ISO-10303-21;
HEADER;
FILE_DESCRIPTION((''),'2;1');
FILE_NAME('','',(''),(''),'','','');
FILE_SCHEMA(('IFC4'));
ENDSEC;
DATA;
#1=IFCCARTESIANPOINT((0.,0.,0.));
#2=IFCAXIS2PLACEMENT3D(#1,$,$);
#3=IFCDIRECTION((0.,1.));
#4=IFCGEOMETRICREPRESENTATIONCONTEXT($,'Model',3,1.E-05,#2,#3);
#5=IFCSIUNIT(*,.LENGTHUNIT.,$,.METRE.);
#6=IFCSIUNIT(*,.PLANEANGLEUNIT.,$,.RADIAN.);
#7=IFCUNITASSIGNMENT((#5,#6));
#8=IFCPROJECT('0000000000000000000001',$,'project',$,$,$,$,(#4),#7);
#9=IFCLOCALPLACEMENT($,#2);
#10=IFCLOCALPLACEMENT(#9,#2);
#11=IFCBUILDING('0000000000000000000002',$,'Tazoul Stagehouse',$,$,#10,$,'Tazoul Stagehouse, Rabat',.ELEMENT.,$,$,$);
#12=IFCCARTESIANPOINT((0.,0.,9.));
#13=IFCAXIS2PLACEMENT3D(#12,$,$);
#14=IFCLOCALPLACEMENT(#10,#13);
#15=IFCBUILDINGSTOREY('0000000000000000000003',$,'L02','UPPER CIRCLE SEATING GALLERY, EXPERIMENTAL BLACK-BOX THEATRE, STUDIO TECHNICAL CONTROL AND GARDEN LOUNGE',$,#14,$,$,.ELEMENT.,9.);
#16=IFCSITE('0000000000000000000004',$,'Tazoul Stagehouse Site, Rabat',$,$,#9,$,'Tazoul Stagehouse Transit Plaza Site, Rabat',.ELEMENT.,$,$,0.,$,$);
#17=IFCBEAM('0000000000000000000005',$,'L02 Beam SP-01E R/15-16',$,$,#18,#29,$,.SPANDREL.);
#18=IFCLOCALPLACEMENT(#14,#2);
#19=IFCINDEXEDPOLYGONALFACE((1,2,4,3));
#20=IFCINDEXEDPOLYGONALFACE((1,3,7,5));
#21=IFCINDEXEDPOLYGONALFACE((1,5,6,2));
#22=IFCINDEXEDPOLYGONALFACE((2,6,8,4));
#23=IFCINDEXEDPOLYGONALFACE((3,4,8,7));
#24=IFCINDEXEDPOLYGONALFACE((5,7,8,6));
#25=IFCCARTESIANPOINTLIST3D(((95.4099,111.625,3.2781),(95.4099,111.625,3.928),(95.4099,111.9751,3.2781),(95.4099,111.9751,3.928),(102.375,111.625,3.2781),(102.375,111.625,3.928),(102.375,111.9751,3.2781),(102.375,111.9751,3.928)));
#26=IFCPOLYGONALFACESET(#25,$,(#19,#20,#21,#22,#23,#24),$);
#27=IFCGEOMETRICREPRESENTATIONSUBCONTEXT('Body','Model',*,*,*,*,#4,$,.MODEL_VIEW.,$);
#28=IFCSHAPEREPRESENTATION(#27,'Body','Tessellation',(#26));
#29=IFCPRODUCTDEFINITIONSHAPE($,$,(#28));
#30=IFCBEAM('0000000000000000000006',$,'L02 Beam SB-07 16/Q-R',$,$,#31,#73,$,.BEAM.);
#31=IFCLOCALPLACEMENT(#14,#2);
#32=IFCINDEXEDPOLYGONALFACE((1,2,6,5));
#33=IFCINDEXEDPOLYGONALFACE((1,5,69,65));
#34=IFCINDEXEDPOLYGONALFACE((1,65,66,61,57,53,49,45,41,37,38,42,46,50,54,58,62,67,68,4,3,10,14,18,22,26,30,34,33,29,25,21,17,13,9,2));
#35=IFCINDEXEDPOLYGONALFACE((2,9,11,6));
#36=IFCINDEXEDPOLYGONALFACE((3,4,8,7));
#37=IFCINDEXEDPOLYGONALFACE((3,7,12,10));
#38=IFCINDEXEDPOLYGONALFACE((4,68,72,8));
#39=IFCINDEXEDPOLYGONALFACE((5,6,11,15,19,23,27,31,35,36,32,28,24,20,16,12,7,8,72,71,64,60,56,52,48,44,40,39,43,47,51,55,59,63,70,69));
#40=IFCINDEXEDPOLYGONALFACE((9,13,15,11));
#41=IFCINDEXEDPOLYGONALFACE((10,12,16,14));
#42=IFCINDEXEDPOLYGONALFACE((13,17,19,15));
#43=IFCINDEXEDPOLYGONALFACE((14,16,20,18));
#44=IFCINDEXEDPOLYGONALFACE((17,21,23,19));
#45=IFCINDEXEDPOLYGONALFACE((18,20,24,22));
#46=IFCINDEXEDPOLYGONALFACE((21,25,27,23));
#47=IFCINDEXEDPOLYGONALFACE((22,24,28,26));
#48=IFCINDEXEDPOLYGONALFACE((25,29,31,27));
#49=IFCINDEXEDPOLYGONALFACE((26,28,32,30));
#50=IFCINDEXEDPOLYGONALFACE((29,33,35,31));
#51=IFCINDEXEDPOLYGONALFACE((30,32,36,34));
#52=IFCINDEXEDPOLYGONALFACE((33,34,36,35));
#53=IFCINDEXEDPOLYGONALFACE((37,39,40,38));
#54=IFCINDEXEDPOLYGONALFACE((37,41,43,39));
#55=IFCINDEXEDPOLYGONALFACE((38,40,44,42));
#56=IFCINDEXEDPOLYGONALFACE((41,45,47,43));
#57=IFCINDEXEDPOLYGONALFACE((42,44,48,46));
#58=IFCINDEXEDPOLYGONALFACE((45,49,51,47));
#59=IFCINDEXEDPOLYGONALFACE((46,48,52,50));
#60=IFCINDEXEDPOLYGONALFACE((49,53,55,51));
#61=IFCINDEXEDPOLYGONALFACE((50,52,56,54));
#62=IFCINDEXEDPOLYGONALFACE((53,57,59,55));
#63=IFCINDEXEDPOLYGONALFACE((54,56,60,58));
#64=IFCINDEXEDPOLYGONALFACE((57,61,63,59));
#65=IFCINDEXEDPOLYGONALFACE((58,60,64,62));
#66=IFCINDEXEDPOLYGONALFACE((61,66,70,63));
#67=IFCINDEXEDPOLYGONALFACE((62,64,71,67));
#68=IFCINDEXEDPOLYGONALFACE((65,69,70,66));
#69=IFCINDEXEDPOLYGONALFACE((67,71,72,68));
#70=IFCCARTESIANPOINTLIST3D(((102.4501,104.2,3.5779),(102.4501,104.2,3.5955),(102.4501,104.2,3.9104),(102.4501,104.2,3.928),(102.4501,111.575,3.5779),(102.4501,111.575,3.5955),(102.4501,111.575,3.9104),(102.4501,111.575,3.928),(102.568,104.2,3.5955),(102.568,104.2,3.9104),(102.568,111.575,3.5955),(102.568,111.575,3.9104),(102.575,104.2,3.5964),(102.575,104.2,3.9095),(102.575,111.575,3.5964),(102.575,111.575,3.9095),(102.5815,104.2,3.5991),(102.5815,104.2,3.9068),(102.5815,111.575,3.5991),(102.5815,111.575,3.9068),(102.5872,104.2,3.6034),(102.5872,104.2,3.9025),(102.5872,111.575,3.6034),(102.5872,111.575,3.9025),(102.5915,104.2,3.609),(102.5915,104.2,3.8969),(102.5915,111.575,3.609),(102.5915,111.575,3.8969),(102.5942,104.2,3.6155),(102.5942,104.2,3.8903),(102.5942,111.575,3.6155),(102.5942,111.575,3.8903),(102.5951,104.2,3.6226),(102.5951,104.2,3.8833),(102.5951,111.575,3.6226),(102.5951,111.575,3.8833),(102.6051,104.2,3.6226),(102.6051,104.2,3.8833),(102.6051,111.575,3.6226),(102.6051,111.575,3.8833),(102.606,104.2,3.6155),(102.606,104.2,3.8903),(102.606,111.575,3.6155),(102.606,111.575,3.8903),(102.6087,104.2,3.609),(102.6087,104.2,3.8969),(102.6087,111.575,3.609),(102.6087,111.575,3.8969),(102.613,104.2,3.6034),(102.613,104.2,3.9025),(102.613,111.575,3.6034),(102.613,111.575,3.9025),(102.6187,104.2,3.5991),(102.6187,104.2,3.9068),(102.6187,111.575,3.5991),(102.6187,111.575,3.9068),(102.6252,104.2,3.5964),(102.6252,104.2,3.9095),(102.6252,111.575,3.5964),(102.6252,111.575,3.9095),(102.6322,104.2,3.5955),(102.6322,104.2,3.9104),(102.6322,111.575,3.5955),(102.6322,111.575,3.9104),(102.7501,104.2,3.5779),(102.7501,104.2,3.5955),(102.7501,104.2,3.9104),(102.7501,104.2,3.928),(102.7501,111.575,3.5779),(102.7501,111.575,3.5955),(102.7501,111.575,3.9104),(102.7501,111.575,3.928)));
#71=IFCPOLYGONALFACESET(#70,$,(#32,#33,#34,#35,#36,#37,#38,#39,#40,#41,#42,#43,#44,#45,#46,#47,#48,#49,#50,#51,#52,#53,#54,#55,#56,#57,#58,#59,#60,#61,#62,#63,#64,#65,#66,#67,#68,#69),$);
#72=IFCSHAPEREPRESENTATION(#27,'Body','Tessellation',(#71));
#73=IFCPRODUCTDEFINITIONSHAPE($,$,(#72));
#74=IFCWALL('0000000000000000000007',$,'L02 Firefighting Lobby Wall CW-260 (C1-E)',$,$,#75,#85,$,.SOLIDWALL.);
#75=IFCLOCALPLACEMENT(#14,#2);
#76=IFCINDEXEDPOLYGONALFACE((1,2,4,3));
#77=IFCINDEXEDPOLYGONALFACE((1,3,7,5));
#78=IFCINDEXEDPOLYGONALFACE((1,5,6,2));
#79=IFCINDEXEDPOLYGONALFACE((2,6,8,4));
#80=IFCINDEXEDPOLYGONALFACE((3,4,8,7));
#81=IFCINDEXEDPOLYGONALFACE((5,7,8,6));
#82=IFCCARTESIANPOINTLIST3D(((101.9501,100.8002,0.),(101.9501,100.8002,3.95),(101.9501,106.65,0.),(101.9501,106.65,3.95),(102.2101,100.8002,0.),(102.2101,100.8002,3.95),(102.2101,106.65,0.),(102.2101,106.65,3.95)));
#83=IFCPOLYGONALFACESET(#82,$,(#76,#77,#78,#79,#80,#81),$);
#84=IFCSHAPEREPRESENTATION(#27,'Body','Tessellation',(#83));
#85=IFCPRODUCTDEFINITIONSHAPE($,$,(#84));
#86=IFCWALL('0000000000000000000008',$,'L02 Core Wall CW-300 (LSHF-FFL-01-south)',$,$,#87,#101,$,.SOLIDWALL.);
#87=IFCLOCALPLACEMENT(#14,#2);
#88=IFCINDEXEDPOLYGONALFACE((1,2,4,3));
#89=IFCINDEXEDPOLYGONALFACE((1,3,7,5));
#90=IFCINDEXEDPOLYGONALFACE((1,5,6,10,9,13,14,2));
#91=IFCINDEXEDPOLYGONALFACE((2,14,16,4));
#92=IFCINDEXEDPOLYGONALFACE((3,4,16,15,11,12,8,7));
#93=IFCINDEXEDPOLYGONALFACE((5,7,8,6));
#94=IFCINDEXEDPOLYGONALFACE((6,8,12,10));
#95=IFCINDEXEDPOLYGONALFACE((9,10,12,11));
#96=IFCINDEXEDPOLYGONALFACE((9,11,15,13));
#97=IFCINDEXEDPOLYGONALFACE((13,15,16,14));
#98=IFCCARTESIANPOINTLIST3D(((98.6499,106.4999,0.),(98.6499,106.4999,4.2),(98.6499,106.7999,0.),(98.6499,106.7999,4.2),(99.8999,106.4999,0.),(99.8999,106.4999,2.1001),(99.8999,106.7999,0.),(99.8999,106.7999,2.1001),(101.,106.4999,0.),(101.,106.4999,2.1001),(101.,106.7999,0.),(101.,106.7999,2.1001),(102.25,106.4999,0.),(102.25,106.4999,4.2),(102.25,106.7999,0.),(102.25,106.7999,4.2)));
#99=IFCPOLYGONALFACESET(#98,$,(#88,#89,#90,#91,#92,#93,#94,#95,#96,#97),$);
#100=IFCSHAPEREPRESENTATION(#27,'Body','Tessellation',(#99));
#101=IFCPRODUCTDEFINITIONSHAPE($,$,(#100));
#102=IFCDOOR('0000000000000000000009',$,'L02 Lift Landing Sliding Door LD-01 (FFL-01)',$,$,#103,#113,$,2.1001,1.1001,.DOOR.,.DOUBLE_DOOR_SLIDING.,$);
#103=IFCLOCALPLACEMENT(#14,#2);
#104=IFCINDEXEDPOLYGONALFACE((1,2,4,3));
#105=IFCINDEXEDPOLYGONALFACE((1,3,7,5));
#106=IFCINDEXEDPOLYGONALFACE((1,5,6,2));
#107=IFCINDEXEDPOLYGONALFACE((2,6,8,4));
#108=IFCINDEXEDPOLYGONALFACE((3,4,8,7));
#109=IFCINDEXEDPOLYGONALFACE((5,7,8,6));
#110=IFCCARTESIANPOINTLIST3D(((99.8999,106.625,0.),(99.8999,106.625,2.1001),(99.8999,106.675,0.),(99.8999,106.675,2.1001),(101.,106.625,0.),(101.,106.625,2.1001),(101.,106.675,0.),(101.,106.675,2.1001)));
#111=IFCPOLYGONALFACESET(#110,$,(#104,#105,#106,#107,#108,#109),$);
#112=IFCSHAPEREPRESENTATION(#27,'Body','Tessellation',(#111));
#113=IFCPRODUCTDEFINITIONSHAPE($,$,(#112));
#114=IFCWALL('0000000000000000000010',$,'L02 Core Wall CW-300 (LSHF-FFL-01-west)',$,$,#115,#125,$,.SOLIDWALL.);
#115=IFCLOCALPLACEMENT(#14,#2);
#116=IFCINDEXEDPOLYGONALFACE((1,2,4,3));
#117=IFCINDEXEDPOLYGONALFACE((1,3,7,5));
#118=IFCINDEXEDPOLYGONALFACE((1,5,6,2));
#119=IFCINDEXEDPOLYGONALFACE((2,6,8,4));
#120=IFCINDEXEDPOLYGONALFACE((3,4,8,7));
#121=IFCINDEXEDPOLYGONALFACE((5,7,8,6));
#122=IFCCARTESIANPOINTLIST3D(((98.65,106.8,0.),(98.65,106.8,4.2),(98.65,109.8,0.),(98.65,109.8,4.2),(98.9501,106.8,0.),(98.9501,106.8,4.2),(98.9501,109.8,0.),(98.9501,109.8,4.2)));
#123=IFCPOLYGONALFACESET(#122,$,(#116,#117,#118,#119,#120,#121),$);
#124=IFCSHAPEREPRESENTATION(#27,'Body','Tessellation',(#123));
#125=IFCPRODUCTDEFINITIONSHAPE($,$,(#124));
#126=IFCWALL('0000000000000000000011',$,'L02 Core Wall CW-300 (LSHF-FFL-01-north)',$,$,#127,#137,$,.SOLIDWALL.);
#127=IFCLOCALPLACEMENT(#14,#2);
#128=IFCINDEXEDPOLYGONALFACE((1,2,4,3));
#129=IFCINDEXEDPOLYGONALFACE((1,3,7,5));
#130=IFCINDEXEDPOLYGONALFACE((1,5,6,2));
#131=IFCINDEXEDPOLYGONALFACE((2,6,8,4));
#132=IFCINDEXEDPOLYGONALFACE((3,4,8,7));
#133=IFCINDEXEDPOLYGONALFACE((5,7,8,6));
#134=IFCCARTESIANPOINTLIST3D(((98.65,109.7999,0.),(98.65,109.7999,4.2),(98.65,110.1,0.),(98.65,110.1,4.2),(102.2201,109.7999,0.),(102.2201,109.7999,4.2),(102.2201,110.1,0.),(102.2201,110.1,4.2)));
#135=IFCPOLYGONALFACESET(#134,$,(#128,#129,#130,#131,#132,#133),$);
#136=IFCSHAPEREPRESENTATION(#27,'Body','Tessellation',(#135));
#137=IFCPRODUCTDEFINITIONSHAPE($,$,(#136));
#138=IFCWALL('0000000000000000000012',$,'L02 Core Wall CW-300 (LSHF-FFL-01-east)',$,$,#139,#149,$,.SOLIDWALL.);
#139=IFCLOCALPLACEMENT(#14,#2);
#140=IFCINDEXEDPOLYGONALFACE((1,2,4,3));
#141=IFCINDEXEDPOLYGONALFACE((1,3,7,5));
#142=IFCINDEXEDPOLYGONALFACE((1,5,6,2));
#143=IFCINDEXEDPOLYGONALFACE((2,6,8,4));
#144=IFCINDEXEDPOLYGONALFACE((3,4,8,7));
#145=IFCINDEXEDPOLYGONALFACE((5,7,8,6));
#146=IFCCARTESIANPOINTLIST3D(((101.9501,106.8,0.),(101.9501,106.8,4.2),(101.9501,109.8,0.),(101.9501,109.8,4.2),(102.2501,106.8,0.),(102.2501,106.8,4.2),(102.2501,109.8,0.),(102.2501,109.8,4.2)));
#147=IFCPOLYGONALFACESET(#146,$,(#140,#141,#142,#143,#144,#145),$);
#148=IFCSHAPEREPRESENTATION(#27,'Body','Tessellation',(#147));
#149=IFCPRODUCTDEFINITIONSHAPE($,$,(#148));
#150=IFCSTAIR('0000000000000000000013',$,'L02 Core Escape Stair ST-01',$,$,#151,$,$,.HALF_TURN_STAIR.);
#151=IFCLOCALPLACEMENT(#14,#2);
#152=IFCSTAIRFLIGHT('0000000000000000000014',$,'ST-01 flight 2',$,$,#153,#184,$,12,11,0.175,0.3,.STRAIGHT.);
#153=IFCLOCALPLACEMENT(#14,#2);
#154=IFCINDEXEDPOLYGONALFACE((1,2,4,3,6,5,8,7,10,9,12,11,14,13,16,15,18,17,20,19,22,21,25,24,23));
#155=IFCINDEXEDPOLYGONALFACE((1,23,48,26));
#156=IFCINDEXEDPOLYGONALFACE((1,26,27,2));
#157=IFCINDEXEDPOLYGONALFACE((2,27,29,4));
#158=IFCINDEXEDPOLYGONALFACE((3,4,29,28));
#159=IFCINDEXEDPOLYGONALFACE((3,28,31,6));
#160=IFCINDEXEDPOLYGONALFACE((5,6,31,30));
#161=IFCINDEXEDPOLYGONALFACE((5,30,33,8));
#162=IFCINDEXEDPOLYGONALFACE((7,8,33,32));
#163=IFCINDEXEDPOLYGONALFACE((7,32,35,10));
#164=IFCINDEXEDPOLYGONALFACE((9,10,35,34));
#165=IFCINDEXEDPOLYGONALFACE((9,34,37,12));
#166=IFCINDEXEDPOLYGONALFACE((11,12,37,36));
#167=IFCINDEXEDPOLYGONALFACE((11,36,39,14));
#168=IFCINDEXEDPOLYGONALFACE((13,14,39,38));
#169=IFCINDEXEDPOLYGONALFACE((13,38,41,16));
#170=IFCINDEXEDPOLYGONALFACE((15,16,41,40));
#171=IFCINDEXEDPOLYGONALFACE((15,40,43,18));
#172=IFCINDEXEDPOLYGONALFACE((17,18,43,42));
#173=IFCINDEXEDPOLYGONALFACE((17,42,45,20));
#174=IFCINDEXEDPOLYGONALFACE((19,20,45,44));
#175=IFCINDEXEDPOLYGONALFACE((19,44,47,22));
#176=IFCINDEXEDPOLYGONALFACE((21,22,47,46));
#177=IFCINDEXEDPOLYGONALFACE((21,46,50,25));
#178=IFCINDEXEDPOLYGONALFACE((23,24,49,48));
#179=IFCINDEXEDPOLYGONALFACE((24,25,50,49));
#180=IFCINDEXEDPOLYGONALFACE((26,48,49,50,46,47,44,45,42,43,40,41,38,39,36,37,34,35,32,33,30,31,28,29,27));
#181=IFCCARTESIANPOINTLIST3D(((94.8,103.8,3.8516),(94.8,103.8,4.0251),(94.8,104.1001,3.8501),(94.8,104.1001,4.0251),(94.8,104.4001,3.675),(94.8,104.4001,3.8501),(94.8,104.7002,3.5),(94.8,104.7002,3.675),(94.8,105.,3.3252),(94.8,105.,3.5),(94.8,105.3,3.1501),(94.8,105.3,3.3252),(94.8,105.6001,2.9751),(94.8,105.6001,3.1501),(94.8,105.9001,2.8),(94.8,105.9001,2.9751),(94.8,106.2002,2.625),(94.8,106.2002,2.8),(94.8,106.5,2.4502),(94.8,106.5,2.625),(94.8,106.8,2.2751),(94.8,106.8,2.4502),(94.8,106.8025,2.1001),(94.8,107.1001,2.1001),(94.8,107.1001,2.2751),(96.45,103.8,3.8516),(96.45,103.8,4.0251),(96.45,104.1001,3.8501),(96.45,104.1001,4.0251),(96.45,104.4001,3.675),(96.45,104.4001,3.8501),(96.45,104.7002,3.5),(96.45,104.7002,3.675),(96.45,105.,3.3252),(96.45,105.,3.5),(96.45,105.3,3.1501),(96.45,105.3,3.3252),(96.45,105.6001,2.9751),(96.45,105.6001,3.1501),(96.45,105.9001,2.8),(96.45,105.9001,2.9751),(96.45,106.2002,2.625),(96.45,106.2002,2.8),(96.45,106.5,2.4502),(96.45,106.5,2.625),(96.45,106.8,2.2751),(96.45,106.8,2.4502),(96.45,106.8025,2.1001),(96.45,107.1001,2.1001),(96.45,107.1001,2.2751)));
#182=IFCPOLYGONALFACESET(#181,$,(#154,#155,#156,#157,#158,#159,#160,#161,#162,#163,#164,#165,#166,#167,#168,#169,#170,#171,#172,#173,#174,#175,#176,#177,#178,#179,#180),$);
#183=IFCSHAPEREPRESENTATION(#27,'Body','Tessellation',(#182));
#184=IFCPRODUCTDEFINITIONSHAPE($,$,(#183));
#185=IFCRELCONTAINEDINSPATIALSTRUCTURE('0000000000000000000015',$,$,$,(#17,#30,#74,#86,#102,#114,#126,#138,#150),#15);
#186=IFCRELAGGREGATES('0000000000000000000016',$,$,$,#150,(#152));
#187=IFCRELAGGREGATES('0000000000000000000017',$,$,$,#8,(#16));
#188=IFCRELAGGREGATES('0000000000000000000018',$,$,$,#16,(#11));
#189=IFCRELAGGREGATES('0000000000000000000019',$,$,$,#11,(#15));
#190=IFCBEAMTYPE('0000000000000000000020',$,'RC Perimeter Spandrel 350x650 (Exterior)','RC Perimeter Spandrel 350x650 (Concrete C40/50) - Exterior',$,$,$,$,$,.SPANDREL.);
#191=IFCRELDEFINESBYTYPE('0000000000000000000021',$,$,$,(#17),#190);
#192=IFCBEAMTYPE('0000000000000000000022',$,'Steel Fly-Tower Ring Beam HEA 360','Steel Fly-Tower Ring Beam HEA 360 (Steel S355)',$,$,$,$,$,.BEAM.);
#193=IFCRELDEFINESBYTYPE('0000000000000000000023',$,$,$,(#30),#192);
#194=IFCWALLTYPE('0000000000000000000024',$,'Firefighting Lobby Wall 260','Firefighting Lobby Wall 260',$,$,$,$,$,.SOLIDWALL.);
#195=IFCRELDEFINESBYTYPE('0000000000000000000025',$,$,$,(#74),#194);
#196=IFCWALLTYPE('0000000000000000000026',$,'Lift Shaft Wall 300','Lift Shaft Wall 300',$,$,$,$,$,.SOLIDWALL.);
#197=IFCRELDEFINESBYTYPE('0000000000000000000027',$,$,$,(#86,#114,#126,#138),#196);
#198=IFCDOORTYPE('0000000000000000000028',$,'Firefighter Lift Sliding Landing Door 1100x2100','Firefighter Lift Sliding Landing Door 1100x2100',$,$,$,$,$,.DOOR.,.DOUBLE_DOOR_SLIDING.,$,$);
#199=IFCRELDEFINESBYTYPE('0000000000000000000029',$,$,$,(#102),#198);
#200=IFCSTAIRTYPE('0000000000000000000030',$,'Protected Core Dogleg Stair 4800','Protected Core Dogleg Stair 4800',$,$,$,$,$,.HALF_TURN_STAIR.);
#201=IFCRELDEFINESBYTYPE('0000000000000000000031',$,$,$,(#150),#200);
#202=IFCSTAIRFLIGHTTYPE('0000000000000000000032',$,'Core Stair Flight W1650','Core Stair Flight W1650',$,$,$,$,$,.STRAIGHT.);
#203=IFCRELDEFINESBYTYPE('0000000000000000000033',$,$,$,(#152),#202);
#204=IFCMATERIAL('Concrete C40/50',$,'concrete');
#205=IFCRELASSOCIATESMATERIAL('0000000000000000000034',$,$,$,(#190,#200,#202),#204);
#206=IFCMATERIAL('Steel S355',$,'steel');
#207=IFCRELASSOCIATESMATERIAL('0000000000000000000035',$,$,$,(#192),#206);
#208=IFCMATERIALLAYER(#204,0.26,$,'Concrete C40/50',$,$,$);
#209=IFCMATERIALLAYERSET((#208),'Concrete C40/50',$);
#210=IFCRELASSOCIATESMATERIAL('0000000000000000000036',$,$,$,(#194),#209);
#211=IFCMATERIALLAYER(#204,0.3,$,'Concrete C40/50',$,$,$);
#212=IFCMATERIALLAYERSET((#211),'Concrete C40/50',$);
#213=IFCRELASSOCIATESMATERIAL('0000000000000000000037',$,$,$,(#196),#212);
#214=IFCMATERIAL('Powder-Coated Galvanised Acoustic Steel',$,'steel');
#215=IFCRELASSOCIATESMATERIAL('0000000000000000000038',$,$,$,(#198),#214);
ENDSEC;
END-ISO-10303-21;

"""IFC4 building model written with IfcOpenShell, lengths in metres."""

from ifc_helpers import new_model, si_unit, direction, frame, frame_2d, origin, origin_2d, place, context, subcontext, project, spatial, polyline, rectangle, i_section, outline, extrude, material, layer, layer_set, material_profile, profile_set, type_object, element, fill, aggregate, save


model = new_model("IFC4")

# Units and contexts
model_context = context("Model", 3, precision=1e-05, world=origin(), true_north=direction((0.0, 1.0)))
body_context = subcontext(model_context, "Body", "Model", "MODEL_VIEW")
ifc_project = project(units=[si_unit("LENGTHUNIT", "METRE"), si_unit("PLANEANGLEUNIT", "RADIAN")], contexts=[model_context])

# Site, building, storey
site_placement = place(None, origin())
site = spatial("IfcSite", under=ifc_project, at=site_placement, Name="Tazoul Stagehouse Site, Rabat", LongName="Tazoul Stagehouse Transit Plaza Site, Rabat", CompositionType="ELEMENT", RefElevation=0.0)
building_placement = place(site_placement, origin())
building = spatial("IfcBuilding", under=site, at=building_placement, Name="Tazoul Stagehouse", LongName="Tazoul Stagehouse, Rabat", CompositionType="ELEMENT")
storey_placement = place(building_placement, frame((0.0, 0.0, 9.0)))
storey = spatial("IfcBuildingStorey", under=building, at=storey_placement, Name="L02", Description="UPPER CIRCLE SEATING GALLERY, EXPERIMENTAL BLACK-BOX THEATRE, STUDIO TECHNICAL CONTROL AND GARDEN LOUNGE", CompositionType="ELEMENT", Elevation=9.0)

# Beams
ifc_material_1 = material(Name="Concrete C40/50", Category="concrete")
ifc_material_profile_1 = material_profile(ifc_material_1, rectangle(XDim=0.3501, YDim=0.6499, at=origin_2d()), Name="RC 350x650")
ifc_profile_set_1 = profile_set([ifc_material_profile_1], Name="Concrete C40/50")
beam_type_1 = type_object("IfcBeamType", Name="RC Perimeter Spandrel 350x650 (Exterior)", Description="RC Perimeter Spandrel 350x650 (Concrete C40/50) - Exterior", PredefinedType="SPANDREL", material=ifc_profile_set_1)
beam_1_placement = place(storey_placement, frame((95.4099, 111.8, 3.603), z_axis=(1.0, 0.0, 0.0), x_axis=(0.0, 1.0, 0.0)))
element("IfcBeam", 1, at=beam_1_placement, inside=storey, type_object=beam_type_1, Name="L02 Beam SP-01E R/15-16", PredefinedType="SPANDREL", context=body_context, shape_type="SweptSolid", body=[
    extrude(rectangle(XDim=0.3501, YDim=0.6499, at=origin_2d()), origin(), (0.0, 0.0, 1.0), 6.9651),
])
ifc_material_2 = material(Name="Steel S355", Category="steel")
ifc_material_profile_2 = material_profile(ifc_material_2, i_section(OverallWidth=0.3, OverallDepth=0.3501, WebThickness=0.01, FlangeThickness=0.0176, FilletRadius=0.0271, at=origin_2d()), Name="HEA 360")
ifc_profile_set_2 = profile_set([ifc_material_profile_2], Name="Steel S355")
beam_type_2 = type_object("IfcBeamType", Name="Steel Fly-Tower Ring Beam HEA 360", Description="Steel Fly-Tower Ring Beam HEA 360 (Steel S355)", PredefinedType="BEAM", material=ifc_profile_set_2)
beam_2_placement = place(storey_placement, frame((102.6001, 104.2, 3.7529), z_axis=(0.0, 1.0, 0.0), x_axis=(-1.0, 0.0, 0.0)))
element("IfcBeam", 2, at=beam_2_placement, inside=storey, type_object=beam_type_2, Name="L02 Beam SB-07 16/Q-R", PredefinedType="BEAM", context=body_context, shape_type="SweptSolid", body=[
    extrude(i_section(OverallWidth=0.3, OverallDepth=0.3501, WebThickness=0.01, FlangeThickness=0.0176, FilletRadius=0.0271, at=origin_2d()), origin(), (0.0, 0.0, 1.0), 7.375),
])

# Shared definitions
ifc_material_3 = material(Name="Powder-Coated Galvanised Acoustic Steel", Category="steel")

# Wall
ifc_layer_1 = layer(ifc_material_1, 0.26, Name="Concrete C40/50")
ifc_layer_set_1 = layer_set([ifc_layer_1], Name="Concrete C40/50")
wall_type_1 = type_object("IfcWallType", Name="Firefighting Lobby Wall 260", Description="Firefighting Lobby Wall 260", PredefinedType="SOLIDWALL", material=ifc_layer_set_1)
wall_1_placement = place(storey_placement, frame((102.0801, 106.6499, 0.0), z_axis=(0.0, 0.0, 1.0), x_axis=(0.0, -1.0, 0.0)))
element("IfcWall", 3, at=wall_1_placement, inside=storey, type_object=wall_type_1, Name="L02 Firefighting Lobby Wall CW-260 (C1-E)", PredefinedType="SOLIDWALL", context=body_context, shape_type="SweptSolid", body=[
    extrude(rectangle(XDim=5.8499, YDim=0.26, at=frame_2d((2.9248, 0.0))), origin(), (0.0, 0.0, 1.0), 3.95),
])

# Wall, opening, door
ifc_layer_2 = layer(ifc_material_1, 0.3, Name="Concrete C40/50")
ifc_layer_set_2 = layer_set([ifc_layer_2], Name="Concrete C40/50")
wall_type_2 = type_object("IfcWallType", Name="Lift Shaft Wall 300", Description="Lift Shaft Wall 300", PredefinedType="SOLIDWALL", material=ifc_layer_set_2)
wall_2_placement = place(storey_placement, frame((102.25, 106.6499, 0.0), z_axis=(0.0, 0.0, 1.0), x_axis=(-1.0, 0.0, 0.0)))
wall_2 = element("IfcWall", 4, at=wall_2_placement, inside=storey, type_object=wall_type_2, Name="L02 Core Wall CW-300 (LSHF-FFL-01-south)", PredefinedType="SOLIDWALL", context=body_context, shape_type="SweptSolid", body=[
    extrude(rectangle(XDim=3.6001, YDim=0.3, at=frame_2d((1.8, 0.0))), origin(), (0.0, 0.0, 1.0), 4.2),
])
opening_1_placement = place(wall_2_placement, frame((1.25, 0.0, 0.0)))
opening_1 = element("IfcOpeningElement", 5, at=opening_1_placement, cuts=wall_2, PredefinedType="OPENING", context=body_context, shape_type="SweptSolid", body=[
    extrude(rectangle(XDim=1.1001, YDim=2.1001, at=frame_2d((0.55, 1.05))), frame((0.0, 0.1699, 0.0), z_axis=(0.0, -1.0, 0.0), x_axis=(1.0, 0.0, 0.0)), (0.0, 0.0, 1.0), 0.3401),
])
door_type_1 = type_object("IfcDoorType", Name="Firefighter Lift Sliding Landing Door 1100x2100", Description="Firefighter Lift Sliding Landing Door 1100x2100", OperationType="DOUBLE_DOOR_SLIDING", PredefinedType="DOOR", material=ifc_material_3)
door_1_placement = place(opening_1_placement, origin())
door_1 = element("IfcDoor", 6, at=door_1_placement, inside=storey, type_object=door_type_1, Name="L02 Lift Landing Sliding Door LD-01 (FFL-01)", OperationType="DOUBLE_DOOR_SLIDING", OverallHeight=2.1001, OverallWidth=1.1001, PredefinedType="DOOR", context=body_context, shape_type="SweptSolid", body=[
    extrude(rectangle(XDim=1.1001, YDim=2.1001, at=frame_2d((0.55, 1.05))), frame((0.0, 0.0249, 0.0), z_axis=(0.0, -1.0, 0.0), x_axis=(1.0, 0.0, 0.0)), (0.0, 0.0, 1.0), 0.05),
])
fill(opening_1, door_1)

# Walls
wall_3_placement = place(storey_placement, frame((98.8, 106.8, 0.0), z_axis=(0.0, 0.0, 1.0), x_axis=(0.0, 1.0, 0.0)))
element("IfcWall", 7, at=wall_3_placement, inside=storey, type_object=wall_type_2, Name="L02 Core Wall CW-300 (LSHF-FFL-01-west)", PredefinedType="SOLIDWALL", context=body_context, shape_type="SweptSolid", body=[
    extrude(rectangle(XDim=3.0, YDim=0.3, at=frame_2d((1.5, 0.0))), origin(), (0.0, 0.0, 1.0), 4.2),
])
wall_4_placement = place(storey_placement, frame((98.6499, 109.95, 0.0), z_axis=(0.0, 0.0, 1.0), x_axis=(1.0, 0.0, 0.0)))
element("IfcWall", 8, at=wall_4_placement, inside=storey, type_object=wall_type_2, Name="L02 Core Wall CW-300 (LSHF-FFL-01-north)", PredefinedType="SOLIDWALL", context=body_context, shape_type="SweptSolid", body=[
    extrude(rectangle(XDim=3.5701, YDim=0.3, at=frame_2d((1.7852, 0.0))), origin(), (0.0, 0.0, 1.0), 4.2),
])
wall_5_placement = place(storey_placement, frame((102.1001, 109.8, 0.0), z_axis=(0.0, 0.0, 1.0), x_axis=(0.0, -1.0, 0.0)))
element("IfcWall", 9, at=wall_5_placement, inside=storey, type_object=wall_type_2, Name="L02 Core Wall CW-300 (LSHF-FFL-01-east)", PredefinedType="SOLIDWALL", context=body_context, shape_type="SweptSolid", body=[
    extrude(rectangle(XDim=3.0, YDim=0.3, at=frame_2d((1.5, 0.0))), origin(), (0.0, 0.0, 1.0), 4.2),
])

# Stair, stair flight
stair_type = type_object("IfcStairType", Name="Protected Core Dogleg Stair 4800", Description="Protected Core Dogleg Stair 4800", PredefinedType="HALF_TURN_STAIR", material=ifc_material_1)
stair_placement = place(storey_placement, origin())
stair = element("IfcStair", 10, at=stair_placement, inside=storey, type_object=stair_type, Name="L02 Core Escape Stair ST-01", PredefinedType="HALF_TURN_STAIR")
stair_flight_type = type_object("IfcStairFlightType", Name="Core Stair Flight W1650", Description="Core Stair Flight W1650", PredefinedType="STRAIGHT", material=ifc_material_1)
stair_flight_placement = place(storey_placement, frame((95.625, 107.1001, 2.1001), z_axis=(0.0, 0.0, 1.0), x_axis=(0.0, -1.0, 0.0)))
stair_flight = element("IfcStairFlight", 11, at=stair_flight_placement, type_object=stair_flight_type, Name="ST-01 flight 2", NumberOfRisers=12, NumberOfTreads=11, PredefinedType="STRAIGHT", RiserHeight=0.175, TreadLength=0.3, context=body_context, shape_type="SweptSolid", body=[
    extrude(outline(polyline([(0.0, 0.0), (0.0, 0.175), (0.3, 0.175), (0.3, 0.3501), (0.6001, 0.3501), (0.6001, 0.5249), (0.8999, 0.5249), (0.8999, 0.7), (1.2, 0.7), (1.2, 0.875), (1.5, 0.875), (1.5, 1.05), (1.8, 1.05), (1.8, 1.2251), (2.1001, 1.2251), (2.1001, 1.3999), (2.3999, 1.3999), (2.3999, 1.575), (2.7, 1.575), (2.7, 1.75), (3.0, 1.75), (3.0, 1.925), (3.3, 1.925), (3.3, 2.1001), (3.3, 1.7515), (0.2976, 0.0), (0.0, 0.0)])), frame((0.0, 0.825, 0.0), z_axis=(0.0, -1.0, 0.0), x_axis=(1.0, 0.0, 0.0)), (0.0, 0.0, 1.0), 1.6499),
])
aggregate(stair, [stair_flight])

save(model, "model.ifc")
